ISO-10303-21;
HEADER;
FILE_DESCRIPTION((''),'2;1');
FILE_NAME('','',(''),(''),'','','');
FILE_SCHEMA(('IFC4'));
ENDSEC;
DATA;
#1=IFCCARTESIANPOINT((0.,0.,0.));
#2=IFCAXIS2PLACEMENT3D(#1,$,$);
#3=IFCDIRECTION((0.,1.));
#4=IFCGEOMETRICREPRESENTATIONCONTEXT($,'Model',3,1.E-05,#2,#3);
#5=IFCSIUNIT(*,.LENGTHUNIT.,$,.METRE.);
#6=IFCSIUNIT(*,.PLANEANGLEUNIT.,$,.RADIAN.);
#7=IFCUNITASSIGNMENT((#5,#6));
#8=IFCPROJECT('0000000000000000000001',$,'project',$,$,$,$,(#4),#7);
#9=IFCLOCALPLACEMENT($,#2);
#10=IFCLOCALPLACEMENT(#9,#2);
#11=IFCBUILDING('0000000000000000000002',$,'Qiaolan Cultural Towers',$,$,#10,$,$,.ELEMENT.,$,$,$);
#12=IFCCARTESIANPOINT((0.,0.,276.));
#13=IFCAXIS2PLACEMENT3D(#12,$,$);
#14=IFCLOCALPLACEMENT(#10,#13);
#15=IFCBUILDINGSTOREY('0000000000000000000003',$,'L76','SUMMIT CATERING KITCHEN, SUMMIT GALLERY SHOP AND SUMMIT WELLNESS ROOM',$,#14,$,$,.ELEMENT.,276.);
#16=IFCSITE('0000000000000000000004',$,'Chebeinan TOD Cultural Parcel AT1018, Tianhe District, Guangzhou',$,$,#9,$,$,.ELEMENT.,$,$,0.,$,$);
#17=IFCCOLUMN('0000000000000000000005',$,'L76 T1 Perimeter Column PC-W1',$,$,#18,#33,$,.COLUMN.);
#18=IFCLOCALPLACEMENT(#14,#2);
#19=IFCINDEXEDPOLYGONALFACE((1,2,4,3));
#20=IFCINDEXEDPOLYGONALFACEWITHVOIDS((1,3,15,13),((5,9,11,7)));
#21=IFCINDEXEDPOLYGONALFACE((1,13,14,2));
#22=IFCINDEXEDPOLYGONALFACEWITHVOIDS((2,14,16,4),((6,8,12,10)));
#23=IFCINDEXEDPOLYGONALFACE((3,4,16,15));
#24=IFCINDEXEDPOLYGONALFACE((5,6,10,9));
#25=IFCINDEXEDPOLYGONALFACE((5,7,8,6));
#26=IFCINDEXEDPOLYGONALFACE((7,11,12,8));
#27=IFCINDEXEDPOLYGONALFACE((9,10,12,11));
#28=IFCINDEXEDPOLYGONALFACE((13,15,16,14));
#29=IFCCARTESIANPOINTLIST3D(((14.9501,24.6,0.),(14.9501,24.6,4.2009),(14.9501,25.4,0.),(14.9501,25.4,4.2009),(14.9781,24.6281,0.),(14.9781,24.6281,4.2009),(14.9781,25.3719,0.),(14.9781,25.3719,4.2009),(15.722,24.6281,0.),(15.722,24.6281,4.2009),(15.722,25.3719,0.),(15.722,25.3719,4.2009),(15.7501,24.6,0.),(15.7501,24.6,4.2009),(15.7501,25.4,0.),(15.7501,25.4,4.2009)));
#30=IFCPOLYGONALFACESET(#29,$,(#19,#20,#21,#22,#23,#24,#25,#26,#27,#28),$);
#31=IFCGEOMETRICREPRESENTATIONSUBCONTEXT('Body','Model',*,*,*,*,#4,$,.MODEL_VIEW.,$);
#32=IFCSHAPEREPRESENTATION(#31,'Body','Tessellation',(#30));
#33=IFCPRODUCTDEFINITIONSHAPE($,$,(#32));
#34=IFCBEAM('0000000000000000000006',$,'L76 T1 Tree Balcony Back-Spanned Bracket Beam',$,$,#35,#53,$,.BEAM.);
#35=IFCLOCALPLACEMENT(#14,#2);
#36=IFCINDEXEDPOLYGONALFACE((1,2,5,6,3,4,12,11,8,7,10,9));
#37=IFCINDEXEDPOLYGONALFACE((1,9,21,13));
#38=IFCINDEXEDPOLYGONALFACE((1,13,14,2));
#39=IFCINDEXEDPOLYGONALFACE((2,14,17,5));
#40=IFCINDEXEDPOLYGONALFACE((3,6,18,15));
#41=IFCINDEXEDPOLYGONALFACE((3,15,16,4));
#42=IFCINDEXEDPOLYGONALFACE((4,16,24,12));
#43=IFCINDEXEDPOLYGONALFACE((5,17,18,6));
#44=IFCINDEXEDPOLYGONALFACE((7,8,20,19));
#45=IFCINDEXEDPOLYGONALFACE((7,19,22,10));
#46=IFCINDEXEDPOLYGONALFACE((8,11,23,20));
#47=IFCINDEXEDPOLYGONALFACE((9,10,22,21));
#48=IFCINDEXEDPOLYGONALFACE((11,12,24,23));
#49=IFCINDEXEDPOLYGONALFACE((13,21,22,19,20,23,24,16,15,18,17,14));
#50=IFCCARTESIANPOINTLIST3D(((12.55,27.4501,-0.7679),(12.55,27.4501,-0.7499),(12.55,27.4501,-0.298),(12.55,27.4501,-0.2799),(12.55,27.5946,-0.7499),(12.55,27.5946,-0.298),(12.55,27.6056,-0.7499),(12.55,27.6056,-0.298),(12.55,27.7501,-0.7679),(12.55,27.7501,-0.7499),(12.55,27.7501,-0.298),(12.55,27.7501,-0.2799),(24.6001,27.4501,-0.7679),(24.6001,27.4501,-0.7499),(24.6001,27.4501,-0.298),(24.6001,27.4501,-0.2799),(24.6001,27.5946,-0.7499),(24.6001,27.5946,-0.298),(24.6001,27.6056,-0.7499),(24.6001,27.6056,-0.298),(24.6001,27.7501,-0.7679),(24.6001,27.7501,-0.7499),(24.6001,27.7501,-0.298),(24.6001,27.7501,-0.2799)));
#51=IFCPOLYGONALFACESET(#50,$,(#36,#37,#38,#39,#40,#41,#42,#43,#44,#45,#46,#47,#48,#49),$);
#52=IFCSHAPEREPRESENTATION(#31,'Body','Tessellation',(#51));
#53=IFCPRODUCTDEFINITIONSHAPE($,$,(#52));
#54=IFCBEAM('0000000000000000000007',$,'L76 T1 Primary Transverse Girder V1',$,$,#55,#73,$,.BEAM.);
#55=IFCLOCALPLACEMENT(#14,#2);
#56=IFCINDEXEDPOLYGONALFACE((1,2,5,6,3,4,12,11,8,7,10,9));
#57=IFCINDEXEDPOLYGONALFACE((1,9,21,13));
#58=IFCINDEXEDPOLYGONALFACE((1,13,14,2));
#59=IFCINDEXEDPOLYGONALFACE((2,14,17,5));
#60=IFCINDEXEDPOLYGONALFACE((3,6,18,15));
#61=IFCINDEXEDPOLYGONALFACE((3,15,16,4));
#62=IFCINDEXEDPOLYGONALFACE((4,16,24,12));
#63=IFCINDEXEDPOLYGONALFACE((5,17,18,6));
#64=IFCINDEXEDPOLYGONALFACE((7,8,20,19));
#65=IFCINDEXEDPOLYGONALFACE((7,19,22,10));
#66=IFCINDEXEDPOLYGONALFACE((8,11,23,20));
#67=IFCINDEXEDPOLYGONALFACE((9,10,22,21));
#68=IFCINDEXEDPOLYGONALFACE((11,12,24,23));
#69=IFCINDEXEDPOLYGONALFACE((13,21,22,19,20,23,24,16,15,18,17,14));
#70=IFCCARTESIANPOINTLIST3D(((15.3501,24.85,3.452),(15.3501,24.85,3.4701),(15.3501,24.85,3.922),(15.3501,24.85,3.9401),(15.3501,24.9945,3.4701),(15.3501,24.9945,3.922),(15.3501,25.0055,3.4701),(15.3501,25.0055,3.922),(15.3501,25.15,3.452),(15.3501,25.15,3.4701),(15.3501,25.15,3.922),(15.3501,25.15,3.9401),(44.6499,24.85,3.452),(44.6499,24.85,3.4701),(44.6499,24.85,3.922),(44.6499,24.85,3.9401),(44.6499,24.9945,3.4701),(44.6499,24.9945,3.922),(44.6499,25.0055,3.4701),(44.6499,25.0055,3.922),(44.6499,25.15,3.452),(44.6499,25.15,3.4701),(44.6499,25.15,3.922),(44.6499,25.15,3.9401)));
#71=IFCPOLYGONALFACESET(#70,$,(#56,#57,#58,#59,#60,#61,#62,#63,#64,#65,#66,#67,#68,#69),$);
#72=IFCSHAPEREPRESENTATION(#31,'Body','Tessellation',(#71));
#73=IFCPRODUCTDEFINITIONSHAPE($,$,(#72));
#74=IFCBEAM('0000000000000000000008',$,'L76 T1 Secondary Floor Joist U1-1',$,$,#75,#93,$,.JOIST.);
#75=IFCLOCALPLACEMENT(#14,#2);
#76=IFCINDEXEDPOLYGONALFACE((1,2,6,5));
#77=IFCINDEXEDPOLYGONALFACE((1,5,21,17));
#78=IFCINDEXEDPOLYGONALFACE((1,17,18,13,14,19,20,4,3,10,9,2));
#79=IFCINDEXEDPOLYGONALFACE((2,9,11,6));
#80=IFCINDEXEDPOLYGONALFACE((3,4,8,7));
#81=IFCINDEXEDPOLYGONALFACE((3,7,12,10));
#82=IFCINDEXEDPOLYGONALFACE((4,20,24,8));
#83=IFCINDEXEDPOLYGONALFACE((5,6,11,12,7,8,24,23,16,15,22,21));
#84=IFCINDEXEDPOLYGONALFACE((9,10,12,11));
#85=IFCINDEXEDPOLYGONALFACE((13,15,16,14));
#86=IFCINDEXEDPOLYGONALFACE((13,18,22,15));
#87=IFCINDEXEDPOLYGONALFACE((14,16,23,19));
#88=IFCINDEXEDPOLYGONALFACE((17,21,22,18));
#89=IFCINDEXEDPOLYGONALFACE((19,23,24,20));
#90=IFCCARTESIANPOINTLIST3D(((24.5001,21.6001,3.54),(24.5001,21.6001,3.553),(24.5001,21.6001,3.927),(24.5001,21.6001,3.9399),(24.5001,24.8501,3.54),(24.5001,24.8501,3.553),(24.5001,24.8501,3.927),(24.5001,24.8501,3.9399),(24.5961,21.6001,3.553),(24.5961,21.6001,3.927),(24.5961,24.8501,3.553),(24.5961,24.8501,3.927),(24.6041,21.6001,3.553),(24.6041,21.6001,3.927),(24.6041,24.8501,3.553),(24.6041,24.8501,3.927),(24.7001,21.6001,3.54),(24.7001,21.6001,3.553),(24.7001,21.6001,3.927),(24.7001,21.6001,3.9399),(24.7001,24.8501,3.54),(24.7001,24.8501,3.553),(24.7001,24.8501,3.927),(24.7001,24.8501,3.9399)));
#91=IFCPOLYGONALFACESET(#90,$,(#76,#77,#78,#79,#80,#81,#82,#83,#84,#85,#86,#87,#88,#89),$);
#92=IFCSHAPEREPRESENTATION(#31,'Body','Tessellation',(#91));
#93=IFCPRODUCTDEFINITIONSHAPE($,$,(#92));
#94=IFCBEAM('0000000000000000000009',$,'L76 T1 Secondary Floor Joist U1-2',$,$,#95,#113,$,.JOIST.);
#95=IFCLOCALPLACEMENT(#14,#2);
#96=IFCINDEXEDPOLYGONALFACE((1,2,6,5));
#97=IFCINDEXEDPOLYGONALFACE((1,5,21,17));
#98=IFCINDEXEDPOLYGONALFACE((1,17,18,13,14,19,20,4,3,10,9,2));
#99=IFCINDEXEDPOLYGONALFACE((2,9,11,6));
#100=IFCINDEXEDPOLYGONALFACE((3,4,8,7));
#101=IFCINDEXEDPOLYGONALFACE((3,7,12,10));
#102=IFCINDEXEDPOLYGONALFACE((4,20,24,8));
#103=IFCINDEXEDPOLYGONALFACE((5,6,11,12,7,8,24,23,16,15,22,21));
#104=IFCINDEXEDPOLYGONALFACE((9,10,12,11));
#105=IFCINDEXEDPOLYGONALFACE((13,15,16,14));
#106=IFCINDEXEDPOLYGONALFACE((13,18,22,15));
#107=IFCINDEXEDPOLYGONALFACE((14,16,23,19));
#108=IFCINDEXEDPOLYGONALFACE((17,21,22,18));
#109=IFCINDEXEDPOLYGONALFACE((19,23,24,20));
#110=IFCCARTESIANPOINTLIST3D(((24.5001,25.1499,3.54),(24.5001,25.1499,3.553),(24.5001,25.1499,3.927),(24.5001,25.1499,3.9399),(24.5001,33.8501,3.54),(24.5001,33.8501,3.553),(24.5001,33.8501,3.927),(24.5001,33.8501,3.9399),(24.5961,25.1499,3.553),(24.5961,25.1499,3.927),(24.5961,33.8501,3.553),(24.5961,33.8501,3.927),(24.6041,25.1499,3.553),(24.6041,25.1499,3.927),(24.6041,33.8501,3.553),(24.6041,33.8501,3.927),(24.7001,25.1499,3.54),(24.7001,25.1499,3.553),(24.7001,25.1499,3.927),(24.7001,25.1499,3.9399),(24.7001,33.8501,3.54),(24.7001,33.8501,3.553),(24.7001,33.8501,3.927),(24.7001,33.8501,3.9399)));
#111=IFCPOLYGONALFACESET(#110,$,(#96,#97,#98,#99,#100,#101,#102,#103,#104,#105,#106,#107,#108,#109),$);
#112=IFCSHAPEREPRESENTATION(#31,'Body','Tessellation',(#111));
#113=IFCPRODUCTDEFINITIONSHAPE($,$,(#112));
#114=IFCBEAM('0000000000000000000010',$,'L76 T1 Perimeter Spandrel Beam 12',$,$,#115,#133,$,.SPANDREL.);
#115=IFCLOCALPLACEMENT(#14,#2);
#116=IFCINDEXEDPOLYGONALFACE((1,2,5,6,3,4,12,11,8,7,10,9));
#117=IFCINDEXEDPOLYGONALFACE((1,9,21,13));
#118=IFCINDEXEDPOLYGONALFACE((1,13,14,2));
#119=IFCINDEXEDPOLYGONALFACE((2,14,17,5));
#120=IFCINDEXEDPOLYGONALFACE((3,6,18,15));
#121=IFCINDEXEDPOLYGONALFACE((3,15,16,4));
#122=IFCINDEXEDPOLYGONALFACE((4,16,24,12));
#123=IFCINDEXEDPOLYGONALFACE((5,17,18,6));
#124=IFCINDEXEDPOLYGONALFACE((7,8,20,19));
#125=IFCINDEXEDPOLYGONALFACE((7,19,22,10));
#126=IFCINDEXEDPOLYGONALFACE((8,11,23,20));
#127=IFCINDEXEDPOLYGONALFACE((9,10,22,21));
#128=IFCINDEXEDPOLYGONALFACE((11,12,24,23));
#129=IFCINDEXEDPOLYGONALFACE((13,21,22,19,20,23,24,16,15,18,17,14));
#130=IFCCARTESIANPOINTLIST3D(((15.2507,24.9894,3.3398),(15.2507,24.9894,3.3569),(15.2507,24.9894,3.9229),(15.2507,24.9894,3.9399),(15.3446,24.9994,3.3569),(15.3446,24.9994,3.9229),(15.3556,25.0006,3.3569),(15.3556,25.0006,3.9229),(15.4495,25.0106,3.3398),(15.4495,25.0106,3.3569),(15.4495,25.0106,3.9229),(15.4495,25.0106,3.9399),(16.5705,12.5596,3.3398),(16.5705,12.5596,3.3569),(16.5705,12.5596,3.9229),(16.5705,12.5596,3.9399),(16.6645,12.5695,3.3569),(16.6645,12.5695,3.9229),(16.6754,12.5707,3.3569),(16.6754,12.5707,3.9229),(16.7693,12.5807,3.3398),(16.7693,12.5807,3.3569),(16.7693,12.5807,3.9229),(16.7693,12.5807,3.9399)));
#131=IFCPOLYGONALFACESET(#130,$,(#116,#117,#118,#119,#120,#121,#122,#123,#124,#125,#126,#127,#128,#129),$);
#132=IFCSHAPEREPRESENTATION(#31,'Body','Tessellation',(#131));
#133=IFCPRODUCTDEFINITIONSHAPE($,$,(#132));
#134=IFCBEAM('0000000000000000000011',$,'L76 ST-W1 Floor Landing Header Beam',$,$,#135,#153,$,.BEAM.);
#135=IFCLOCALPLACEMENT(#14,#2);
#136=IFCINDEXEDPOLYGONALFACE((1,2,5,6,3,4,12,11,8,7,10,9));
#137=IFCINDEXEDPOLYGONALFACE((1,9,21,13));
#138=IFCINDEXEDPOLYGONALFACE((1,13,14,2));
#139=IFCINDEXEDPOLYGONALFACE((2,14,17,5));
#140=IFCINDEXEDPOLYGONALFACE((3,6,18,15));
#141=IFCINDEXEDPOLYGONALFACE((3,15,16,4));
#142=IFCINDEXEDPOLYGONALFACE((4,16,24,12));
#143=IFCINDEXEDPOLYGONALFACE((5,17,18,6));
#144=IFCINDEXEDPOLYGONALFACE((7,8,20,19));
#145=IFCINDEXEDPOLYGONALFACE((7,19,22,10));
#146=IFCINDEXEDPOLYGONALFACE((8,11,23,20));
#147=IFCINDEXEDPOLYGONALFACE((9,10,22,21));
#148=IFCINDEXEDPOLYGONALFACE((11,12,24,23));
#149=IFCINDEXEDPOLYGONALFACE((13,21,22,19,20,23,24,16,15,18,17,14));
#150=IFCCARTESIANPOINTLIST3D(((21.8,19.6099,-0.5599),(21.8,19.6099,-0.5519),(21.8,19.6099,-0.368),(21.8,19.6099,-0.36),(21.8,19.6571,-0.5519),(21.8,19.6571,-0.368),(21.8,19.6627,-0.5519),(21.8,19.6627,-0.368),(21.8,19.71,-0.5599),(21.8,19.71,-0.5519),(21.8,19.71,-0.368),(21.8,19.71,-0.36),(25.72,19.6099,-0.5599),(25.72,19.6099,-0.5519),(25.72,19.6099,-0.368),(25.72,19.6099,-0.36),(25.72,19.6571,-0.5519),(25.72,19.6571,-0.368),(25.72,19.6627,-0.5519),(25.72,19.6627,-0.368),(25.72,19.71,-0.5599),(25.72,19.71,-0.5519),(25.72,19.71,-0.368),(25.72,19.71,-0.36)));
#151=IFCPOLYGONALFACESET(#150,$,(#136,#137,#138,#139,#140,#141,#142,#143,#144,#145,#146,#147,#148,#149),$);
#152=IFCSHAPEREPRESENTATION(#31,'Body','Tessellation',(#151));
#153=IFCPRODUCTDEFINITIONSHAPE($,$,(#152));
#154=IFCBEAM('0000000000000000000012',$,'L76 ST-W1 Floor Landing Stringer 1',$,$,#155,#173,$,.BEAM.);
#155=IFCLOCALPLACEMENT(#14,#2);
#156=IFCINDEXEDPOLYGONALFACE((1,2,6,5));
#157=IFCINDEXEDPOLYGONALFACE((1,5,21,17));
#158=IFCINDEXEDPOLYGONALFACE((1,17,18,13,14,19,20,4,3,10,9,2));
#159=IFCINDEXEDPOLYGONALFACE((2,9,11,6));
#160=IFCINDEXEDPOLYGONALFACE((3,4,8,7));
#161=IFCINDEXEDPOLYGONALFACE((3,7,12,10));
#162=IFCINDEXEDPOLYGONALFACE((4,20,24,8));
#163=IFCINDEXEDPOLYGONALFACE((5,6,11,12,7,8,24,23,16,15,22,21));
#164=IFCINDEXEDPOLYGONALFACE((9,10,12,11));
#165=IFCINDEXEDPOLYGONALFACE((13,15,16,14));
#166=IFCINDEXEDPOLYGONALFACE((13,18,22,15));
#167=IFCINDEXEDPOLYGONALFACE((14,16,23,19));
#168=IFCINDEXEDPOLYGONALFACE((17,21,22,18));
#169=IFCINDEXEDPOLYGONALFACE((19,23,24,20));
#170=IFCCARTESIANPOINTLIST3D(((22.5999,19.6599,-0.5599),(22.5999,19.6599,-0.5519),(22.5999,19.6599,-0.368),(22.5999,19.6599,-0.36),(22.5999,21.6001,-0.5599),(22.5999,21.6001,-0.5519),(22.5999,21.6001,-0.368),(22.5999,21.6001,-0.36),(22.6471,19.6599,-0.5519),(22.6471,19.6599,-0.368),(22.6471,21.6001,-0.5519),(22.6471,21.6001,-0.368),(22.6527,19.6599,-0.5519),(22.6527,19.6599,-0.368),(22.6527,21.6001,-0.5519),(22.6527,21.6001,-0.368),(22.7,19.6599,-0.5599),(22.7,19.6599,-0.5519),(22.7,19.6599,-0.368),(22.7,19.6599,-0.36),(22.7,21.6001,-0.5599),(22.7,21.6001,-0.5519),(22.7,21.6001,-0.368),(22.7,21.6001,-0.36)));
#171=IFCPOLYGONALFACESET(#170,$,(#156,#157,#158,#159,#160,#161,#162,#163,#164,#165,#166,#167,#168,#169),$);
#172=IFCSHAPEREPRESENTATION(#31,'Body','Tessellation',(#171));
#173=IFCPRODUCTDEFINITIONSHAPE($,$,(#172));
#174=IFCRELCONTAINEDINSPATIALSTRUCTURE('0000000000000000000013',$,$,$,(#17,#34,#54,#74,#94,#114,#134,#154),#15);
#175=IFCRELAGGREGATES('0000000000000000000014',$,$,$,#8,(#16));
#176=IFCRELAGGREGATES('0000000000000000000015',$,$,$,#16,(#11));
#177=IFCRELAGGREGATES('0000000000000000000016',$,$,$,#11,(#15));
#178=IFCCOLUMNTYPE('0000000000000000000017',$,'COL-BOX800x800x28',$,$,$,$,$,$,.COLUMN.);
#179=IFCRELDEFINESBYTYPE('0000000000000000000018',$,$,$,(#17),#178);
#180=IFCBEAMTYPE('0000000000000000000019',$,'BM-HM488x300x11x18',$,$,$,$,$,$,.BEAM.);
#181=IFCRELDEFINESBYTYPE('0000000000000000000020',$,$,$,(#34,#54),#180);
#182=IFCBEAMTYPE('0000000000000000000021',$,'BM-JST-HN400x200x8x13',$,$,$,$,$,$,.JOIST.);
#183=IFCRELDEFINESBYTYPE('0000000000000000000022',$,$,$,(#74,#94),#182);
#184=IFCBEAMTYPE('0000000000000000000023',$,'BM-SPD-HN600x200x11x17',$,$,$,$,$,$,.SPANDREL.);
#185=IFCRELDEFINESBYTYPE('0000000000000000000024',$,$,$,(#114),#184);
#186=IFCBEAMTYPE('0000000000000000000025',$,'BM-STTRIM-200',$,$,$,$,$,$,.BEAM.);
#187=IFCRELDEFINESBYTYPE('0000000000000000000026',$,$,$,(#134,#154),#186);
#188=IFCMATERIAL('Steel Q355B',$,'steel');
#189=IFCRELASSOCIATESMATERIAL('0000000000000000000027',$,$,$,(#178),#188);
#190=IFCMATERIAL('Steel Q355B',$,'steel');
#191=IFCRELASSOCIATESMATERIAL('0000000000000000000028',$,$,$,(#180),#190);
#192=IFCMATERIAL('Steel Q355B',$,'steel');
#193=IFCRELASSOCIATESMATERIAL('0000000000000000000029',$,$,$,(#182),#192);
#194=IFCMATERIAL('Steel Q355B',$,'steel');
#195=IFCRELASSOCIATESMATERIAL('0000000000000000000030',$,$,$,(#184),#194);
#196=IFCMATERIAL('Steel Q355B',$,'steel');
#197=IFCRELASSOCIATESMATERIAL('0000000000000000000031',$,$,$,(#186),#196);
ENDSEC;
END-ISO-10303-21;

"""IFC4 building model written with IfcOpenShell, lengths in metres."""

from ifc_helpers import new_model, si_unit, direction, frame, origin, origin_2d, place, context, subcontext, project, spatial, hollow_rectangle, i_section, extrude, material, material_profile, profile_set, type_object, element, save


model = new_model("IFC4")

# Units and contexts
model_context = context("Model", 3, precision=1e-05, world=origin(), true_north=direction((0.0, 1.0)))
body_context = subcontext(model_context, "Body", "Model", "MODEL_VIEW")
ifc_project = project(units=[si_unit("LENGTHUNIT", "METRE"), si_unit("PLANEANGLEUNIT", "RADIAN")], contexts=[model_context])

# Site, building, storey
site_placement = place(None, origin())
site = spatial("IfcSite", under=ifc_project, at=site_placement, Name="Chebeinan TOD Cultural Parcel AT1018, Tianhe District, Guangzhou", CompositionType="ELEMENT", RefElevation=0.0)
building_placement = place(site_placement, origin())
building = spatial("IfcBuilding", under=site, at=building_placement, Name="Qiaolan Cultural Towers", CompositionType="ELEMENT")
storey_placement = place(building_placement, frame((0.0, 0.0, 276.0)))
storey = spatial("IfcBuildingStorey", under=building, at=storey_placement, Name="L76", Description="SUMMIT CATERING KITCHEN, SUMMIT GALLERY SHOP AND SUMMIT WELLNESS ROOM", CompositionType="ELEMENT", Elevation=276.0)

# Column
ifc_material_1 = material(Name="Steel Q355B", Category="steel")
ifc_material_profile_1 = material_profile(ifc_material_1, hollow_rectangle(XDim=0.8, YDim=0.8, WallThickness=0.0281, at=origin_2d()), Name="BOX800x800x28")
ifc_profile_set_1 = profile_set([ifc_material_profile_1], Name="Steel Q355B")
column_type = type_object("IfcColumnType", Name="COL-BOX800x800x28", PredefinedType="COLUMN", material=ifc_profile_set_1)
column_placement = place(storey_placement, frame((15.3501, 25.0, 0.0), z_axis=(0.0, 0.0, 1.0), x_axis=(1.0, 0.0, 0.0)))
element("IfcColumn", 1, at=column_placement, inside=storey, type_object=column_type, Name="L76 T1 Perimeter Column PC-W1", PredefinedType="COLUMN", context=body_context, shape_type="SweptSolid", body=[
    extrude(hollow_rectangle(XDim=0.8, YDim=0.8, WallThickness=0.0281, at=origin_2d()), origin(), (0.0, 0.0, 1.0), 4.2009),
])

# Beams
ifc_material_2 = material(Name="Steel Q355B", Category="steel")
ifc_material_profile_2 = material_profile(ifc_material_2, i_section(OverallWidth=0.3, OverallDepth=0.488, WebThickness=0.011, FlangeThickness=0.0181, at=origin_2d()), Name="HM488x300x11x18")
ifc_profile_set_2 = profile_set([ifc_material_profile_2], Name="Steel Q355B")
beam_type_1 = type_object("IfcBeamType", Name="BM-HM488x300x11x18", PredefinedType="BEAM", material=ifc_profile_set_2)
beam_1_placement = place(storey_placement, frame((24.6001, 27.6001, -0.5239), z_axis=(-1.0, 0.0, 0.0), x_axis=(0.0, -1.0, 0.0)))
element("IfcBeam", 2, at=beam_1_placement, inside=storey, type_object=beam_type_1, Name="L76 T1 Tree Balcony Back-Spanned Bracket Beam", PredefinedType="BEAM", context=body_context, shape_type="SweptSolid", body=[
    extrude(i_section(OverallWidth=0.3, OverallDepth=0.488, WebThickness=0.011, FlangeThickness=0.0181, at=origin_2d()), origin(), (0.0, 0.0, 1.0), 12.05),
])
beam_2_placement = place(storey_placement, frame((15.3501, 25.0, 3.696), z_axis=(1.0, 0.0, 0.0), x_axis=(0.0, 1.0, 0.0)))
element("IfcBeam", 3, at=beam_2_placement, inside=storey, type_object=beam_type_1, Name="L76 T1 Primary Transverse Girder V1", PredefinedType="BEAM", context=body_context, shape_type="SweptSolid", body=[
    extrude(i_section(OverallWidth=0.3, OverallDepth=0.488, WebThickness=0.011, FlangeThickness=0.0181, at=origin_2d()), origin(), (0.0, 0.0, 1.0), 29.2998),
])
ifc_material_3 = material(Name="Steel Q355B", Category="steel")
ifc_material_profile_3 = material_profile(ifc_material_3, i_section(OverallWidth=0.2, OverallDepth=0.3999, WebThickness=0.0081, FlangeThickness=0.0129, at=origin_2d()), Name="HN400x200x8x13")
ifc_profile_set_3 = profile_set([ifc_material_profile_3], Name="Steel Q355B")
beam_type_2 = type_object("IfcBeamType", Name="BM-JST-HN400x200x8x13", PredefinedType="JOIST", material=ifc_profile_set_3)
beam_3_placement = place(storey_placement, frame((24.6001, 21.6001, 3.74), z_axis=(0.0, 1.0, 0.0), x_axis=(-1.0, 0.0, 0.0)))
element("IfcBeam", 4, at=beam_3_placement, inside=storey, type_object=beam_type_2, Name="L76 T1 Secondary Floor Joist U1-1", PredefinedType="JOIST", context=body_context, shape_type="SweptSolid", body=[
    extrude(i_section(OverallWidth=0.2, OverallDepth=0.3999, WebThickness=0.0081, FlangeThickness=0.0129, at=origin_2d()), origin(), (0.0, 0.0, 1.0), 3.25),
])
beam_4_placement = place(storey_placement, frame((24.6001, 25.1499, 3.74), z_axis=(0.0, 1.0, 0.0), x_axis=(-1.0, 0.0, 0.0)))
element("IfcBeam", 5, at=beam_4_placement, inside=storey, type_object=beam_type_2, Name="L76 T1 Secondary Floor Joist U1-2", PredefinedType="JOIST", context=body_context, shape_type="SweptSolid", body=[
    extrude(i_section(OverallWidth=0.2, OverallDepth=0.3999, WebThickness=0.0081, FlangeThickness=0.0129, at=origin_2d()), origin(), (0.0, 0.0, 1.0), 8.7002),
])
ifc_material_4 = material(Name="Steel Q355B", Category="steel")
ifc_material_profile_4 = material_profile(ifc_material_4, i_section(OverallWidth=0.2, OverallDepth=0.6001, WebThickness=0.011, FlangeThickness=0.0171, at=origin_2d()), Name="HN600x200x11x17")
ifc_profile_set_4 = profile_set([ifc_material_profile_4], Name="Steel Q355B")
beam_type_3 = type_object("IfcBeamType", Name="BM-SPD-HN600x200x11x17", PredefinedType="SPANDREL", material=ifc_profile_set_4)
beam_5_placement = place(storey_placement, frame((15.3501, 25.0, 3.6399), z_axis=(0.105588, -0.99441, 0.0), x_axis=(0.99441, 0.105588, 0.0)))
element("IfcBeam", 6, at=beam_5_placement, inside=storey, type_object=beam_type_3, Name="L76 T1 Perimeter Spandrel Beam 12", PredefinedType="SPANDREL", context=body_context, shape_type="SweptSolid", body=[
    extrude(i_section(OverallWidth=0.2, OverallDepth=0.6001, WebThickness=0.011, FlangeThickness=0.0171, at=origin_2d()), origin(), (0.0, 0.0, 1.0), 12.4998),
])
ifc_material_5 = material(Name="Steel Q355B", Category="steel")
ifc_material_profile_5 = material_profile(ifc_material_5, i_section(OverallWidth=0.1001, OverallDepth=0.2, WebThickness=0.0056, FlangeThickness=0.0081, at=origin_2d()), Name="HN200x100x5.5x8")
ifc_profile_set_5 = profile_set([ifc_material_profile_5], Name="Steel Q355B")
beam_type_4 = type_object("IfcBeamType", Name="BM-STTRIM-200", PredefinedType="BEAM", material=ifc_profile_set_5)
beam_6_placement = place(storey_placement, frame((21.8, 19.6599, -0.46), z_axis=(1.0, 0.0, 0.0), x_axis=(0.0, 1.0, 0.0)))
element("IfcBeam", 7, at=beam_6_placement, inside=storey, type_object=beam_type_4, Name="L76 ST-W1 Floor Landing Header Beam", PredefinedType="BEAM", context=body_context, shape_type="SweptSolid", body=[
    extrude(i_section(OverallWidth=0.1001, OverallDepth=0.2, WebThickness=0.0056, FlangeThickness=0.0081, at=origin_2d()), origin(), (0.0, 0.0, 1.0), 3.9199),
])
beam_7_placement = place(storey_placement, frame((22.6499, 21.6001, -0.46), z_axis=(0.0, -1.0, 0.0), x_axis=(1.0, 0.0, 0.0)))
element("IfcBeam", 8, at=beam_7_placement, inside=storey, type_object=beam_type_4, Name="L76 ST-W1 Floor Landing Stringer 1", PredefinedType="BEAM", context=body_context, shape_type="SweptSolid", body=[
    extrude(i_section(OverallWidth=0.1001, OverallDepth=0.2, WebThickness=0.0056, FlangeThickness=0.0081, at=origin_2d()), origin(), (0.0, 0.0, 1.0), 1.9402),
])

save(model, "model.ifc")
